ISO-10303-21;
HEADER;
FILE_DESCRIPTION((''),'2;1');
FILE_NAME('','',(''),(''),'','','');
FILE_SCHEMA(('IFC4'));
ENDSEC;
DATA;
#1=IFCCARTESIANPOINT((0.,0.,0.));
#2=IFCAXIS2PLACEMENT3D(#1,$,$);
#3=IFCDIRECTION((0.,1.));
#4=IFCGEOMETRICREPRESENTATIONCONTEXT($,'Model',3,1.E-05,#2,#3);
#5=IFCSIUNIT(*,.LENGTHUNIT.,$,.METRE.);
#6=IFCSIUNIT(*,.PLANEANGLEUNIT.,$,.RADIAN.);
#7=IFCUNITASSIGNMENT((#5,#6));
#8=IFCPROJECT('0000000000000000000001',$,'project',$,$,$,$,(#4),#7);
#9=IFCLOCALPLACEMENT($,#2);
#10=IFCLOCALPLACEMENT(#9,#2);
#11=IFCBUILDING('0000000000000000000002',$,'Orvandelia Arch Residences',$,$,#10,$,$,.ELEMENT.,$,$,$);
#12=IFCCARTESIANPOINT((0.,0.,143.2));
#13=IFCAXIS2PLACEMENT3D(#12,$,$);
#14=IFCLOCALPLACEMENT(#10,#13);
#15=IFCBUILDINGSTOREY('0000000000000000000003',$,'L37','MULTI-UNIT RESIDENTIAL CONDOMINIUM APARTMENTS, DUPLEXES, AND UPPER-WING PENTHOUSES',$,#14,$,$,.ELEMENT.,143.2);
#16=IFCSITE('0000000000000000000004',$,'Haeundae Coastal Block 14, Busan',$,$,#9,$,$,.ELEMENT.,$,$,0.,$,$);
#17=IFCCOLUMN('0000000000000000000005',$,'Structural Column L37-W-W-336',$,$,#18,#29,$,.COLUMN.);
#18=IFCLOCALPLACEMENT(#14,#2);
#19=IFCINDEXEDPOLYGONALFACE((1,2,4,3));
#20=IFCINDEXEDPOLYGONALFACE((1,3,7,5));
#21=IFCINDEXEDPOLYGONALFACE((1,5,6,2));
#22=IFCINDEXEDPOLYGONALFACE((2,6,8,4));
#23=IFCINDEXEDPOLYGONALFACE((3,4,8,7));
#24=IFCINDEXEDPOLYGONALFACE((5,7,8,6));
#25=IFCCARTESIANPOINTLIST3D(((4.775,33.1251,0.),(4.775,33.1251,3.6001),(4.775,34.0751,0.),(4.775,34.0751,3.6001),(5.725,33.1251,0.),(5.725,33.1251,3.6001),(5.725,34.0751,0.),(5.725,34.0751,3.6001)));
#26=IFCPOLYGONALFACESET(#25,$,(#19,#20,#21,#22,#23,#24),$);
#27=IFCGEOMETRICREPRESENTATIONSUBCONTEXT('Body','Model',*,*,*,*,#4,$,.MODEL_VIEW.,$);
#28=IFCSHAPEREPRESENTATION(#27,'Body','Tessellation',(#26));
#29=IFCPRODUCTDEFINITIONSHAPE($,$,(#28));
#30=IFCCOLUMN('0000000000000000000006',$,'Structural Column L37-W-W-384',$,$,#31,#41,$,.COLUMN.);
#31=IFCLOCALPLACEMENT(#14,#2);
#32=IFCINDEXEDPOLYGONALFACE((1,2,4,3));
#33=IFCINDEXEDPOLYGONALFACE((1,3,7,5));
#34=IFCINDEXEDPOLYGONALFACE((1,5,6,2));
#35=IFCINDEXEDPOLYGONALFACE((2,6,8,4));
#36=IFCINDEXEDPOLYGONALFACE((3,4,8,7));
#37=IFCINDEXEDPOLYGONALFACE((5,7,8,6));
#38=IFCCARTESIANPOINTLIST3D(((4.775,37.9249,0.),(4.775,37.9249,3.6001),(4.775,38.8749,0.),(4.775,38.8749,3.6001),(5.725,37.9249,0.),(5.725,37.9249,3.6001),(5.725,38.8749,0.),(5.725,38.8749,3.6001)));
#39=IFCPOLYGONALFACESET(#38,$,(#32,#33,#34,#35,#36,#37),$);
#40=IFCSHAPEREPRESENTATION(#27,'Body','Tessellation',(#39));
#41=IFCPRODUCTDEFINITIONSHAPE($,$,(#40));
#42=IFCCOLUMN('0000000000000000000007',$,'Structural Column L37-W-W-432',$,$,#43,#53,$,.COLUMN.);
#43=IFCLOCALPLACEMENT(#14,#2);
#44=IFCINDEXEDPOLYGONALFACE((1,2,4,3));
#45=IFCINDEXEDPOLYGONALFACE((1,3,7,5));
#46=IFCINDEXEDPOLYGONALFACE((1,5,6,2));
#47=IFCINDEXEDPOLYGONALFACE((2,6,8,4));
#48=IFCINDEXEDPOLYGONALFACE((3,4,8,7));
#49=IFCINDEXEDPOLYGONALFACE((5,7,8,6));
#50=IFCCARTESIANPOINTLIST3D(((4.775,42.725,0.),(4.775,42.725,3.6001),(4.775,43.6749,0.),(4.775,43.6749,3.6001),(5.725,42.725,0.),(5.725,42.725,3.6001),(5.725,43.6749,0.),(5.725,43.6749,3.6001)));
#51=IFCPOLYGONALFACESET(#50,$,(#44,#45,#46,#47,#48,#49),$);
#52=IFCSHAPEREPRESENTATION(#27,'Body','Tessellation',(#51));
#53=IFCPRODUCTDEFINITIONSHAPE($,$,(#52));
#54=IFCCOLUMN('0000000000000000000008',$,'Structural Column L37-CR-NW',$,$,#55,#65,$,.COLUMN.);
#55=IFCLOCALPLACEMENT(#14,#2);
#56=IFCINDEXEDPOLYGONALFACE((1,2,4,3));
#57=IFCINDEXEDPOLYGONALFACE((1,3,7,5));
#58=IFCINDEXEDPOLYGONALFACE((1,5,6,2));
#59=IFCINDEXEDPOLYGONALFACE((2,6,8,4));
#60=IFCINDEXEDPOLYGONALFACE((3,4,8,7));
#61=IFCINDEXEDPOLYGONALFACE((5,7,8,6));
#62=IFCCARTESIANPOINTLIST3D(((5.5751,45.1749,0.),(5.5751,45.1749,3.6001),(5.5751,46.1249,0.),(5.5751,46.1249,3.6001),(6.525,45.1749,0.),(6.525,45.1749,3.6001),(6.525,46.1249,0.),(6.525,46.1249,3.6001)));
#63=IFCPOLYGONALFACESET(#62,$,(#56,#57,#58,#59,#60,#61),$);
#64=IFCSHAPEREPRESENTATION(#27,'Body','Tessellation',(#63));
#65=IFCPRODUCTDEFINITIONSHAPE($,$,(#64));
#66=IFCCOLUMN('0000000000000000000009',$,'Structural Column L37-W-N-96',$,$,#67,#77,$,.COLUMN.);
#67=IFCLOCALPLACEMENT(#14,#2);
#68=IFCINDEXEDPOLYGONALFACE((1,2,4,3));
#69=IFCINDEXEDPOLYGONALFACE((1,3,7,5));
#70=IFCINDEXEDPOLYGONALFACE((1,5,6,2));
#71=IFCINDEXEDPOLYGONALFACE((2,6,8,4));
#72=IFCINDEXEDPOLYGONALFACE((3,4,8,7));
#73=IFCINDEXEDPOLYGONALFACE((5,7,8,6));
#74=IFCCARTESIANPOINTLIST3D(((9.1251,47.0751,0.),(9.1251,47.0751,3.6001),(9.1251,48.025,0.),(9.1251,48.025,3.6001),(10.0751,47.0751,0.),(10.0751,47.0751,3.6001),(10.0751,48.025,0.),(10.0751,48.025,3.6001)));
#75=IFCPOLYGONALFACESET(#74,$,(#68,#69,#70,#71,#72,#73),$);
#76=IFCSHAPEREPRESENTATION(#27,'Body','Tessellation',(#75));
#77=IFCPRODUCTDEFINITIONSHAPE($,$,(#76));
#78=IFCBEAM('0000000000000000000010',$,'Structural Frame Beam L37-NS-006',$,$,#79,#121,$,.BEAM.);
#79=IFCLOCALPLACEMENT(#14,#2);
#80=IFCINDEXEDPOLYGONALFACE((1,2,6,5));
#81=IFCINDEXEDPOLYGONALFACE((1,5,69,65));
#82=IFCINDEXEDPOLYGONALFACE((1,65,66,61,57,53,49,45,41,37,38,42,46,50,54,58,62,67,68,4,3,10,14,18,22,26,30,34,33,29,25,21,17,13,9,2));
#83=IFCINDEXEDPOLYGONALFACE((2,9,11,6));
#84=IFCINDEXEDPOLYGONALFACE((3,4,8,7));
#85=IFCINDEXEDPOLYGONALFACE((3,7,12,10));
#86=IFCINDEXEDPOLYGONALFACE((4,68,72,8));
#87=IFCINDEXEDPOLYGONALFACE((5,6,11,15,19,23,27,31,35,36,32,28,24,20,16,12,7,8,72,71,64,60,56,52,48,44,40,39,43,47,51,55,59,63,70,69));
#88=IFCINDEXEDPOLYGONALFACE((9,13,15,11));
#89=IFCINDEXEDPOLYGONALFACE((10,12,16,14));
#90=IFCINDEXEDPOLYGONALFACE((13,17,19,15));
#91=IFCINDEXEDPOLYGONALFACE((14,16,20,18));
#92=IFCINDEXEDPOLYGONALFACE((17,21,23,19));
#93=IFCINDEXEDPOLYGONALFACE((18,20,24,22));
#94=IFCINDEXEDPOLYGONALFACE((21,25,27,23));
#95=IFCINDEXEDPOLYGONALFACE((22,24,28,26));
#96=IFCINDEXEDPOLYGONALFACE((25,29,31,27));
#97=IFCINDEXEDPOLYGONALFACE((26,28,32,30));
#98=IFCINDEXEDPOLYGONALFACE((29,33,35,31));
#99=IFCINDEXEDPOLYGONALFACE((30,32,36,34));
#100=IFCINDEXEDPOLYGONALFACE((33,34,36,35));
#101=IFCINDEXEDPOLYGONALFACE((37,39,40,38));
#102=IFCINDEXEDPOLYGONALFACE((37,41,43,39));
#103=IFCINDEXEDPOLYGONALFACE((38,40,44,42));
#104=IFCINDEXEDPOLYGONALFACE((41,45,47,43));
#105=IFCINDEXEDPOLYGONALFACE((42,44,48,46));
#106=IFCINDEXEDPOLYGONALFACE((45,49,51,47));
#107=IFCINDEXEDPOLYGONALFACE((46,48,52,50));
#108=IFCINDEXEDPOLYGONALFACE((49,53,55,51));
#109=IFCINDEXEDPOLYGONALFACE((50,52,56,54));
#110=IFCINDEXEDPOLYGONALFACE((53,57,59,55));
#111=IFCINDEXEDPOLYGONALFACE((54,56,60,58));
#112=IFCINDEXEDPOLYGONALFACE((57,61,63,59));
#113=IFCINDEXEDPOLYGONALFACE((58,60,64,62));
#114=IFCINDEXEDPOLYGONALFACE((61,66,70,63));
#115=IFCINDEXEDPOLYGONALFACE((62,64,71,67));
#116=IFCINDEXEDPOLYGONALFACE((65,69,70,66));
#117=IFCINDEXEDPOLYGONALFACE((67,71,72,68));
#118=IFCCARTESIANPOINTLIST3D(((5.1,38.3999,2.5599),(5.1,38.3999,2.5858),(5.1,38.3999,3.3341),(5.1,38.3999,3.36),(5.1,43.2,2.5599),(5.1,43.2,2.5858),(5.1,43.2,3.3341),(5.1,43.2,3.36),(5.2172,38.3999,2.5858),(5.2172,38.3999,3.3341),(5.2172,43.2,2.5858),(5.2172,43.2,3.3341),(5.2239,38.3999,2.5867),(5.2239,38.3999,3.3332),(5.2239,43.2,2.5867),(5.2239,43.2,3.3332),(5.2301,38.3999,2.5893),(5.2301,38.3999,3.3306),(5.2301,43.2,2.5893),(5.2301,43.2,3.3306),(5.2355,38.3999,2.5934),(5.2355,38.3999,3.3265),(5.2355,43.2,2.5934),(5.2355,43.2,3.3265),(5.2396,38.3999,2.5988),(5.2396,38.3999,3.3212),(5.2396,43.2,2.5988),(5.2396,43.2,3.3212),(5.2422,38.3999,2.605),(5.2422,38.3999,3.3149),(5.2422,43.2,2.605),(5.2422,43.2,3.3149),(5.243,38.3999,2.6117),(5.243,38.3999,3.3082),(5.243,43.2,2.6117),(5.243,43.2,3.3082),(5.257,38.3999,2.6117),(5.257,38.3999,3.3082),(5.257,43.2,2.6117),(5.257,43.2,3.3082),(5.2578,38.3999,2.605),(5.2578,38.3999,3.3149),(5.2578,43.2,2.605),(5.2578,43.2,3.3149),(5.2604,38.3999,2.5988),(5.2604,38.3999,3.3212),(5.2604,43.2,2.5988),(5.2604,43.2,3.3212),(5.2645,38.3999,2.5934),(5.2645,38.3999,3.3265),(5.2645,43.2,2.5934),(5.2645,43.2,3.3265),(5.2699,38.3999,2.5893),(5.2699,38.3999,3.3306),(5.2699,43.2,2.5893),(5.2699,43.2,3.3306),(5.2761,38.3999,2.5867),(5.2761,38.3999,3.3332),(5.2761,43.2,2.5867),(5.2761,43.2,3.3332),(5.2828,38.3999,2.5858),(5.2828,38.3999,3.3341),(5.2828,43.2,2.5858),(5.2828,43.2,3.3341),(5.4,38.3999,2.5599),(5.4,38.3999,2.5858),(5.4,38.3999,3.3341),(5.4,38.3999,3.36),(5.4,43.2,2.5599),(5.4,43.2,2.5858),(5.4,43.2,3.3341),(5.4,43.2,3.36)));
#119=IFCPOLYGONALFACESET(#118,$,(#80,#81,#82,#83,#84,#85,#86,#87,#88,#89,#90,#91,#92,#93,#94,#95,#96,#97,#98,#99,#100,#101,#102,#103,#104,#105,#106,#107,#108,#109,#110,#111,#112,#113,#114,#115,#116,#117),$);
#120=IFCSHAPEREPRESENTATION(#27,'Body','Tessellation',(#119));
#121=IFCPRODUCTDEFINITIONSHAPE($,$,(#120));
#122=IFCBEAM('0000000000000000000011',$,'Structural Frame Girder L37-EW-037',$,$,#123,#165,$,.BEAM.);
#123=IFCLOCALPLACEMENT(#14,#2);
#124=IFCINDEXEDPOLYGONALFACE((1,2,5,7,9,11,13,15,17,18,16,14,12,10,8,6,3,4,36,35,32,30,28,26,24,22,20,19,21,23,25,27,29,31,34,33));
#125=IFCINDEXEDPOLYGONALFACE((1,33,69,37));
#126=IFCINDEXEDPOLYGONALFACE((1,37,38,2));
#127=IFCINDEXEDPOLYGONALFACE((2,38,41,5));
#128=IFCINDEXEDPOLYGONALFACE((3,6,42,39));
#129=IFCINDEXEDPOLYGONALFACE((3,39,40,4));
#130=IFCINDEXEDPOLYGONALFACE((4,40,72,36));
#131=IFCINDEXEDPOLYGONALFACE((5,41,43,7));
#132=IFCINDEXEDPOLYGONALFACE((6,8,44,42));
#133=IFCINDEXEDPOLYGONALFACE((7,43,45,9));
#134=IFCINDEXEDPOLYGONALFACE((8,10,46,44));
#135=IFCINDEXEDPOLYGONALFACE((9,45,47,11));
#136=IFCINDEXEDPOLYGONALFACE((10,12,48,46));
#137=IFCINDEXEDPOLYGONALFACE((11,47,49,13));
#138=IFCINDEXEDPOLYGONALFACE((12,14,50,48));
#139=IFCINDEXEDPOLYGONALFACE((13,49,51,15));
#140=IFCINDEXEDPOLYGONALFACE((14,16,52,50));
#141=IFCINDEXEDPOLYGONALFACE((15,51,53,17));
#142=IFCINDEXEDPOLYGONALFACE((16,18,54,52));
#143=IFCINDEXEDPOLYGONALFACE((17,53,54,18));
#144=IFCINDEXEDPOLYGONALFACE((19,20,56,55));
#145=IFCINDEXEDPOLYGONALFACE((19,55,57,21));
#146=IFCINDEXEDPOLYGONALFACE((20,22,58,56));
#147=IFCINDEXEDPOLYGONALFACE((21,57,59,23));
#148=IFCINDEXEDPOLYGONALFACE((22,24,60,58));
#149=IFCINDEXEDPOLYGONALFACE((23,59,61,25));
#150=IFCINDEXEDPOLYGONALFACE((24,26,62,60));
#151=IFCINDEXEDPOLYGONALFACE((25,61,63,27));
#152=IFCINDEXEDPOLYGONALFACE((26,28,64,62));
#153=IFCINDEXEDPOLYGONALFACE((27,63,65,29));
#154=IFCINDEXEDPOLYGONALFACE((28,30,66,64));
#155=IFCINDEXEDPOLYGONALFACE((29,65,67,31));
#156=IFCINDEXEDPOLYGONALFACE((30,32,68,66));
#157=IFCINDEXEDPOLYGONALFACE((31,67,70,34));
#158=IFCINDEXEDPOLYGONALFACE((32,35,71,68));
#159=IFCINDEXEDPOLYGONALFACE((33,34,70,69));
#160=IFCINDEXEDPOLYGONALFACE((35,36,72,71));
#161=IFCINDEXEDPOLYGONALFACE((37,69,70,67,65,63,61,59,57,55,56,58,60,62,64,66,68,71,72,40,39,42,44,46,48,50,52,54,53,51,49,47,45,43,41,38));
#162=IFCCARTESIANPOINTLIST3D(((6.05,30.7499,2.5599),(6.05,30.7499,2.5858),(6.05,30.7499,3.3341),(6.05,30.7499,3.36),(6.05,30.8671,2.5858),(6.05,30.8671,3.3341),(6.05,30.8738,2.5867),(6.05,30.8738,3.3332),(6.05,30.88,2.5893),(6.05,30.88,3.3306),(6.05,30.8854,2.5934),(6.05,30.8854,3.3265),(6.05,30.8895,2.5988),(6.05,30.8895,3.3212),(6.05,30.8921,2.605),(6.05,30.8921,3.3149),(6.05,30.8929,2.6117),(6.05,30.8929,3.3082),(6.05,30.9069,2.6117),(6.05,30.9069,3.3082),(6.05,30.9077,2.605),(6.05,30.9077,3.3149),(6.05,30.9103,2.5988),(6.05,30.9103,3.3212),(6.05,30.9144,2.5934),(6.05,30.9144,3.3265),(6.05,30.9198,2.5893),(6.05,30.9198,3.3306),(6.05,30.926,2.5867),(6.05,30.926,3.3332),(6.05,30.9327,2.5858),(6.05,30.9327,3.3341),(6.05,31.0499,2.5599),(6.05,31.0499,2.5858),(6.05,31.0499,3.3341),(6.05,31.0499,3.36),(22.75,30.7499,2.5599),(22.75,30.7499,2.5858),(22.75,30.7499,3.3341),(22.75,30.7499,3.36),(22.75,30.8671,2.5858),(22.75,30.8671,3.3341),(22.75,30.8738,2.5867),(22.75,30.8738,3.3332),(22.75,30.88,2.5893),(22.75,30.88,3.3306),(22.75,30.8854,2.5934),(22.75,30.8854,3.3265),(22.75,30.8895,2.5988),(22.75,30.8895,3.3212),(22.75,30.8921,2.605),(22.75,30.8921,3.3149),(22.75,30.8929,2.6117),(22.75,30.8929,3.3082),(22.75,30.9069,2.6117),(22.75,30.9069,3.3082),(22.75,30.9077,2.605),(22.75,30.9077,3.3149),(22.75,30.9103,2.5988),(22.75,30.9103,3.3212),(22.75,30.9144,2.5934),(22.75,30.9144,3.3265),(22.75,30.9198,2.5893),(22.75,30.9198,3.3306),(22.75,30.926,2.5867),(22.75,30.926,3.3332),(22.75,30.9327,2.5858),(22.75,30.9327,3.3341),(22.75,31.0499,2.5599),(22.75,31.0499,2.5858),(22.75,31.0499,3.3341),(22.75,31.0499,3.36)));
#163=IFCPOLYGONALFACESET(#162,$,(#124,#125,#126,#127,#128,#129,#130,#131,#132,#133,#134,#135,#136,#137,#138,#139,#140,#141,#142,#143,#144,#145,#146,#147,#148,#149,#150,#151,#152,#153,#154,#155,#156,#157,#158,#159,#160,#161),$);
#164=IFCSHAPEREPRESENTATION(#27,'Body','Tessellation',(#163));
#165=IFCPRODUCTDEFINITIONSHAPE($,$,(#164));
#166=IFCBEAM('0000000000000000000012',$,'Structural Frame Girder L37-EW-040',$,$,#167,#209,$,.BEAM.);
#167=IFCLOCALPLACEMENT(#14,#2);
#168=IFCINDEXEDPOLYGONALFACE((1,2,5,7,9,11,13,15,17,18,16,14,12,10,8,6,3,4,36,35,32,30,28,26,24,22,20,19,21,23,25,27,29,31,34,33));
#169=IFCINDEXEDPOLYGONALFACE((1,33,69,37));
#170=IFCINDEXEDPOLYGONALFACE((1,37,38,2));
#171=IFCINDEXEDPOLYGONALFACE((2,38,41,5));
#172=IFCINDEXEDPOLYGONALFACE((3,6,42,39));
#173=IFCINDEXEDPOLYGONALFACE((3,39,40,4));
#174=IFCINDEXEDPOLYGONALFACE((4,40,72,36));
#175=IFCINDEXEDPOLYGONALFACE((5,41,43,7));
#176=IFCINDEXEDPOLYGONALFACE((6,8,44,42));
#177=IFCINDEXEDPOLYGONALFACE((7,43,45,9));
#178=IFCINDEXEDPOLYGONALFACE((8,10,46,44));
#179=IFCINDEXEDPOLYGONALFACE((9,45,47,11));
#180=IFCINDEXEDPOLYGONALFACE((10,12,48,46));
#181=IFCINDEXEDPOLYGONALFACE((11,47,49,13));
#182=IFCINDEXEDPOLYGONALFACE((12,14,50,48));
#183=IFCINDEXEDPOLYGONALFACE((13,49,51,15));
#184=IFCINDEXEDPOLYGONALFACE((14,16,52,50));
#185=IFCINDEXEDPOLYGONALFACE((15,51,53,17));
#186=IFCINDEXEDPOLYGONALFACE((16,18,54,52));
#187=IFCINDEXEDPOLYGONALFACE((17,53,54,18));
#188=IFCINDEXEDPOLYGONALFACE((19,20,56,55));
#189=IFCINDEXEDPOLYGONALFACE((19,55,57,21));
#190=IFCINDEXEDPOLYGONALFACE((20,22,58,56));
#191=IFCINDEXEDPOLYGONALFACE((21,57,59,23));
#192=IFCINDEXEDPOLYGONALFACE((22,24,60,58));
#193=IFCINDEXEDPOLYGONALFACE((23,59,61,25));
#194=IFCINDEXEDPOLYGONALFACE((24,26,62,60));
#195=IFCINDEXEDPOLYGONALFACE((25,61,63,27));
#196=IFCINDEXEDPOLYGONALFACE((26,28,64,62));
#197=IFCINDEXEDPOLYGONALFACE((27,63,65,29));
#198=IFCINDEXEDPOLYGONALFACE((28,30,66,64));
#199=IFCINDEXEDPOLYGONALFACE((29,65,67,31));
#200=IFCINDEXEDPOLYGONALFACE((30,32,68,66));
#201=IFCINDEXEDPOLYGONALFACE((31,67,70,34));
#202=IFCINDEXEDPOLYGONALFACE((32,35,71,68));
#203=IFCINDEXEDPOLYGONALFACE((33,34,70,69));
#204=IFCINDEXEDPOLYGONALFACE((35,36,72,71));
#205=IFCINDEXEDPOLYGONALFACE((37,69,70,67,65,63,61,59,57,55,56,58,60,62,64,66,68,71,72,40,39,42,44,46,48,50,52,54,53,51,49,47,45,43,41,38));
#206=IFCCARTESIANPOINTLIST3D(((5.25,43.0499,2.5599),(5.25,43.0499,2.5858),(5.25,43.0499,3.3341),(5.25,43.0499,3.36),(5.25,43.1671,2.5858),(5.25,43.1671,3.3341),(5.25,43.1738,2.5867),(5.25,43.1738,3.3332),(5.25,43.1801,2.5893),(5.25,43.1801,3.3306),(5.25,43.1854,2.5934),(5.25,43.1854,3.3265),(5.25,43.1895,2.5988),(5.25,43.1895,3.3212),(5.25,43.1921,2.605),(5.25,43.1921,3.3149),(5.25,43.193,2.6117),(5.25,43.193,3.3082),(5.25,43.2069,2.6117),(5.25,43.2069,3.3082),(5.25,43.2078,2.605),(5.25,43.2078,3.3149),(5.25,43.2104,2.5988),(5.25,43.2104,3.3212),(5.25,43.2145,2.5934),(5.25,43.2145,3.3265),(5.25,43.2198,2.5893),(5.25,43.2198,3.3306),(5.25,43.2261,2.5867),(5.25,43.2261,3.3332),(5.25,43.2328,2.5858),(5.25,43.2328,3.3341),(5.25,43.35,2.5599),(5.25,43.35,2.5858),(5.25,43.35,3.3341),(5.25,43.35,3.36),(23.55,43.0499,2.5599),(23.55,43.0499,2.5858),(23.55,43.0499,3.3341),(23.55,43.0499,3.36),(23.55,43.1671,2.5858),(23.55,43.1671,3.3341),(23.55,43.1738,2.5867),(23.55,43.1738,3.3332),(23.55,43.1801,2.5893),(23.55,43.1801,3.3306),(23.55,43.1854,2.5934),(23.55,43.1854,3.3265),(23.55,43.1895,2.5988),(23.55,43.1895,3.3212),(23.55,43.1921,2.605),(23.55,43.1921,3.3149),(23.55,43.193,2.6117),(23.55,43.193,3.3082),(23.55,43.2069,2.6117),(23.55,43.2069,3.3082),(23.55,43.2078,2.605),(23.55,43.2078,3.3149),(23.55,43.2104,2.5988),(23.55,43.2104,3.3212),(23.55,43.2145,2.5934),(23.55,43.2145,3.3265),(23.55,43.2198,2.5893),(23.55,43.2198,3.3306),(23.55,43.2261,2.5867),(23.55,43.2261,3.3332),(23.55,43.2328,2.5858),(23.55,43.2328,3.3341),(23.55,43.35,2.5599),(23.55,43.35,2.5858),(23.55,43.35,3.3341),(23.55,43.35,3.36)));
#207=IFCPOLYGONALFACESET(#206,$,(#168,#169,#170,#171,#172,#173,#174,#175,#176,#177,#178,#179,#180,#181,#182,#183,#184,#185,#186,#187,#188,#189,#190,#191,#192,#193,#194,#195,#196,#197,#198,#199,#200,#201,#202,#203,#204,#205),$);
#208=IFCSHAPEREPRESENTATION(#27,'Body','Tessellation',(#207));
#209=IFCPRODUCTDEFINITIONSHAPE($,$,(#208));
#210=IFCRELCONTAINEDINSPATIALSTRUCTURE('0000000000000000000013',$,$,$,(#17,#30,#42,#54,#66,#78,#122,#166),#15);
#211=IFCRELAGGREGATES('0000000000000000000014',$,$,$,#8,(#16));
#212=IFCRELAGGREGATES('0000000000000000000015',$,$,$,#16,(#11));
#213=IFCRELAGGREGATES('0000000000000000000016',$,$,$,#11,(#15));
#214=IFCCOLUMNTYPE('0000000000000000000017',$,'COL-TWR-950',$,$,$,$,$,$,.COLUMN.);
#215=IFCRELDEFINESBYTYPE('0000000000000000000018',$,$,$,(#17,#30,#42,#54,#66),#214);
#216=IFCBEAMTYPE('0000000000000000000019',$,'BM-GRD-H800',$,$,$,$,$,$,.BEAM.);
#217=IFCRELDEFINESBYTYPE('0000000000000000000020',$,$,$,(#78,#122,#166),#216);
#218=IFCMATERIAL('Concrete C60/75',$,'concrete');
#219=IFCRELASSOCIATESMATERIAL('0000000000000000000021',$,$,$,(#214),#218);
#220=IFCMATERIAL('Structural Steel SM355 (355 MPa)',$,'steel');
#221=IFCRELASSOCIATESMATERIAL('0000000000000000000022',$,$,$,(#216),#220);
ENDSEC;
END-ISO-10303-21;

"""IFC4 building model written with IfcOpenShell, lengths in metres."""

from ifc_helpers import new_model, si_unit, direction, frame, origin, origin_2d, place, context, subcontext, project, spatial, rectangle, i_section, extrude, material, material_profile, profile_set, type_object, element, save


model = new_model("IFC4")

# Units and contexts
model_context = context("Model", 3, precision=1e-05, world=origin(), true_north=direction((0.0, 1.0)))
body_context = subcontext(model_context, "Body", "Model", "MODEL_VIEW")
ifc_project = project(units=[si_unit("LENGTHUNIT", "METRE"), si_unit("PLANEANGLEUNIT", "RADIAN")], contexts=[model_context])

# Site, building, storey
site_placement = place(None, origin())
site = spatial("IfcSite", under=ifc_project, at=site_placement, Name="Haeundae Coastal Block 14, Busan", CompositionType="ELEMENT", RefElevation=0.0)
building_placement = place(site_placement, origin())
building = spatial("IfcBuilding", under=site, at=building_placement, Name="Orvandelia Arch Residences", CompositionType="ELEMENT")
storey_placement = place(building_placement, frame((0.0, 0.0, 143.2)))
storey = spatial("IfcBuildingStorey", under=building, at=storey_placement, Name="L37", Description="MULTI-UNIT RESIDENTIAL CONDOMINIUM APARTMENTS, DUPLEXES, AND UPPER-WING PENTHOUSES", CompositionType="ELEMENT", Elevation=143.2)

# Columns
ifc_material_1 = material(Name="Concrete C60/75", Category="concrete")
ifc_material_profile_1 = material_profile(ifc_material_1, rectangle(XDim=0.95, YDim=0.95, at=origin_2d()), Name="Concrete C60/75", Category="concrete")
ifc_profile_set_1 = profile_set([ifc_material_profile_1], Name="Concrete C60/75")
column_type = type_object("IfcColumnType", Name="COL-TWR-950", PredefinedType="COLUMN", material=ifc_profile_set_1)
for number, where, z_axis, x_axis, name in (
    (1, (5.25, 33.6001, 0.0), (0.0, 0.0, 1.0), (1.0, 0.0, 0.0), "Structural Column L37-W-W-336"),
    (2, (5.25, 38.3999, 0.0), (0.0, 0.0, 1.0), (1.0, 0.0, 0.0), "Structural Column L37-W-W-384"),
    (3, (5.25, 43.2, 0.0), (0.0, 0.0, 1.0), (1.0, 0.0, 0.0), "Structural Column L37-W-W-432"),
    (4, (6.05, 45.6499, 0.0), (0.0, 0.0, 1.0), (1.0, 0.0, 0.0), "Structural Column L37-CR-NW"),
    (5, (9.6001, 47.55, 0.0), (0.0, 0.0, 1.0), (1.0, 0.0, 0.0), "Structural Column L37-W-N-96"),
):
    element("IfcColumn", number, at=place(storey_placement, frame(where, z_axis=z_axis, x_axis=x_axis)), inside=storey, type_object=column_type, Name=name, PredefinedType="COLUMN", context=body_context, shape_type="SweptSolid", body=[
        extrude(rectangle(XDim=0.95, YDim=0.95, at=origin_2d()), origin(), (0.0, 0.0, 1.0), 3.6001),
    ])

# Beams
ifc_material_2 = material(Name="Structural Steel SM355 (355 MPa)", Category="steel")
ifc_material_profile_2 = material_profile(ifc_material_2, i_section(OverallWidth=0.3, OverallDepth=0.8, WebThickness=0.0139, FlangeThickness=0.0259, FilletRadius=0.0259, at=origin_2d()), Name="Structural Steel SM355 (355 MPa)", Category="steel")
ifc_profile_set_2 = profile_set([ifc_material_profile_2], Name="Structural Steel SM355 (355 MPa)")
beam_type_1 = type_object("IfcBeamType", Name="BM-GRD-H800", PredefinedType="BEAM", material=ifc_profile_set_2)
beam_1_placement = place(storey_placement, frame((5.25, 38.3999, 2.96), z_axis=(0.0, 1.0, 0.0), x_axis=(-1.0, 0.0, 0.0)))
element("IfcBeam", 6, at=beam_1_placement, inside=storey, type_object=beam_type_1, Name="Structural Frame Beam L37-NS-006", PredefinedType="BEAM", context=body_context, shape_type="SweptSolid", body=[
    extrude(i_section(OverallWidth=0.3, OverallDepth=0.8, WebThickness=0.0139, FlangeThickness=0.0259, FilletRadius=0.0259, at=origin_2d()), origin(), (0.0, 0.0, 1.0), 4.8),
])
beam_2_placement = place(storey_placement, frame((6.05, 30.8999, 2.96), z_axis=(1.0, 0.0, 0.0), x_axis=(0.0, 1.0, 0.0)))
element("IfcBeam", 7, at=beam_2_placement, inside=storey, type_object=beam_type_1, Name="Structural Frame Girder L37-EW-037", PredefinedType="BEAM", context=body_context, shape_type="SweptSolid", body=[
    extrude(i_section(OverallWidth=0.3, OverallDepth=0.8, WebThickness=0.0139, FlangeThickness=0.0259, FilletRadius=0.0259, at=origin_2d()), origin(), (0.0, 0.0, 1.0), 16.7),
])
beam_3_placement = place(storey_placement, frame((5.25, 43.2, 2.96), z_axis=(1.0, 0.0, 0.0), x_axis=(0.0, 1.0, 0.0)))
element("IfcBeam", 8, at=beam_3_placement, inside=storey, type_object=beam_type_1, Name="Structural Frame Girder L37-EW-040", PredefinedType="BEAM", context=body_context, shape_type="SweptSolid", body=[
    extrude(i_section(OverallWidth=0.3, OverallDepth=0.8, WebThickness=0.0139, FlangeThickness=0.0259, FilletRadius=0.0259, at=origin_2d()), origin(), (0.0, 0.0, 1.0), 18.3),
])

save(model, "model.ifc")
